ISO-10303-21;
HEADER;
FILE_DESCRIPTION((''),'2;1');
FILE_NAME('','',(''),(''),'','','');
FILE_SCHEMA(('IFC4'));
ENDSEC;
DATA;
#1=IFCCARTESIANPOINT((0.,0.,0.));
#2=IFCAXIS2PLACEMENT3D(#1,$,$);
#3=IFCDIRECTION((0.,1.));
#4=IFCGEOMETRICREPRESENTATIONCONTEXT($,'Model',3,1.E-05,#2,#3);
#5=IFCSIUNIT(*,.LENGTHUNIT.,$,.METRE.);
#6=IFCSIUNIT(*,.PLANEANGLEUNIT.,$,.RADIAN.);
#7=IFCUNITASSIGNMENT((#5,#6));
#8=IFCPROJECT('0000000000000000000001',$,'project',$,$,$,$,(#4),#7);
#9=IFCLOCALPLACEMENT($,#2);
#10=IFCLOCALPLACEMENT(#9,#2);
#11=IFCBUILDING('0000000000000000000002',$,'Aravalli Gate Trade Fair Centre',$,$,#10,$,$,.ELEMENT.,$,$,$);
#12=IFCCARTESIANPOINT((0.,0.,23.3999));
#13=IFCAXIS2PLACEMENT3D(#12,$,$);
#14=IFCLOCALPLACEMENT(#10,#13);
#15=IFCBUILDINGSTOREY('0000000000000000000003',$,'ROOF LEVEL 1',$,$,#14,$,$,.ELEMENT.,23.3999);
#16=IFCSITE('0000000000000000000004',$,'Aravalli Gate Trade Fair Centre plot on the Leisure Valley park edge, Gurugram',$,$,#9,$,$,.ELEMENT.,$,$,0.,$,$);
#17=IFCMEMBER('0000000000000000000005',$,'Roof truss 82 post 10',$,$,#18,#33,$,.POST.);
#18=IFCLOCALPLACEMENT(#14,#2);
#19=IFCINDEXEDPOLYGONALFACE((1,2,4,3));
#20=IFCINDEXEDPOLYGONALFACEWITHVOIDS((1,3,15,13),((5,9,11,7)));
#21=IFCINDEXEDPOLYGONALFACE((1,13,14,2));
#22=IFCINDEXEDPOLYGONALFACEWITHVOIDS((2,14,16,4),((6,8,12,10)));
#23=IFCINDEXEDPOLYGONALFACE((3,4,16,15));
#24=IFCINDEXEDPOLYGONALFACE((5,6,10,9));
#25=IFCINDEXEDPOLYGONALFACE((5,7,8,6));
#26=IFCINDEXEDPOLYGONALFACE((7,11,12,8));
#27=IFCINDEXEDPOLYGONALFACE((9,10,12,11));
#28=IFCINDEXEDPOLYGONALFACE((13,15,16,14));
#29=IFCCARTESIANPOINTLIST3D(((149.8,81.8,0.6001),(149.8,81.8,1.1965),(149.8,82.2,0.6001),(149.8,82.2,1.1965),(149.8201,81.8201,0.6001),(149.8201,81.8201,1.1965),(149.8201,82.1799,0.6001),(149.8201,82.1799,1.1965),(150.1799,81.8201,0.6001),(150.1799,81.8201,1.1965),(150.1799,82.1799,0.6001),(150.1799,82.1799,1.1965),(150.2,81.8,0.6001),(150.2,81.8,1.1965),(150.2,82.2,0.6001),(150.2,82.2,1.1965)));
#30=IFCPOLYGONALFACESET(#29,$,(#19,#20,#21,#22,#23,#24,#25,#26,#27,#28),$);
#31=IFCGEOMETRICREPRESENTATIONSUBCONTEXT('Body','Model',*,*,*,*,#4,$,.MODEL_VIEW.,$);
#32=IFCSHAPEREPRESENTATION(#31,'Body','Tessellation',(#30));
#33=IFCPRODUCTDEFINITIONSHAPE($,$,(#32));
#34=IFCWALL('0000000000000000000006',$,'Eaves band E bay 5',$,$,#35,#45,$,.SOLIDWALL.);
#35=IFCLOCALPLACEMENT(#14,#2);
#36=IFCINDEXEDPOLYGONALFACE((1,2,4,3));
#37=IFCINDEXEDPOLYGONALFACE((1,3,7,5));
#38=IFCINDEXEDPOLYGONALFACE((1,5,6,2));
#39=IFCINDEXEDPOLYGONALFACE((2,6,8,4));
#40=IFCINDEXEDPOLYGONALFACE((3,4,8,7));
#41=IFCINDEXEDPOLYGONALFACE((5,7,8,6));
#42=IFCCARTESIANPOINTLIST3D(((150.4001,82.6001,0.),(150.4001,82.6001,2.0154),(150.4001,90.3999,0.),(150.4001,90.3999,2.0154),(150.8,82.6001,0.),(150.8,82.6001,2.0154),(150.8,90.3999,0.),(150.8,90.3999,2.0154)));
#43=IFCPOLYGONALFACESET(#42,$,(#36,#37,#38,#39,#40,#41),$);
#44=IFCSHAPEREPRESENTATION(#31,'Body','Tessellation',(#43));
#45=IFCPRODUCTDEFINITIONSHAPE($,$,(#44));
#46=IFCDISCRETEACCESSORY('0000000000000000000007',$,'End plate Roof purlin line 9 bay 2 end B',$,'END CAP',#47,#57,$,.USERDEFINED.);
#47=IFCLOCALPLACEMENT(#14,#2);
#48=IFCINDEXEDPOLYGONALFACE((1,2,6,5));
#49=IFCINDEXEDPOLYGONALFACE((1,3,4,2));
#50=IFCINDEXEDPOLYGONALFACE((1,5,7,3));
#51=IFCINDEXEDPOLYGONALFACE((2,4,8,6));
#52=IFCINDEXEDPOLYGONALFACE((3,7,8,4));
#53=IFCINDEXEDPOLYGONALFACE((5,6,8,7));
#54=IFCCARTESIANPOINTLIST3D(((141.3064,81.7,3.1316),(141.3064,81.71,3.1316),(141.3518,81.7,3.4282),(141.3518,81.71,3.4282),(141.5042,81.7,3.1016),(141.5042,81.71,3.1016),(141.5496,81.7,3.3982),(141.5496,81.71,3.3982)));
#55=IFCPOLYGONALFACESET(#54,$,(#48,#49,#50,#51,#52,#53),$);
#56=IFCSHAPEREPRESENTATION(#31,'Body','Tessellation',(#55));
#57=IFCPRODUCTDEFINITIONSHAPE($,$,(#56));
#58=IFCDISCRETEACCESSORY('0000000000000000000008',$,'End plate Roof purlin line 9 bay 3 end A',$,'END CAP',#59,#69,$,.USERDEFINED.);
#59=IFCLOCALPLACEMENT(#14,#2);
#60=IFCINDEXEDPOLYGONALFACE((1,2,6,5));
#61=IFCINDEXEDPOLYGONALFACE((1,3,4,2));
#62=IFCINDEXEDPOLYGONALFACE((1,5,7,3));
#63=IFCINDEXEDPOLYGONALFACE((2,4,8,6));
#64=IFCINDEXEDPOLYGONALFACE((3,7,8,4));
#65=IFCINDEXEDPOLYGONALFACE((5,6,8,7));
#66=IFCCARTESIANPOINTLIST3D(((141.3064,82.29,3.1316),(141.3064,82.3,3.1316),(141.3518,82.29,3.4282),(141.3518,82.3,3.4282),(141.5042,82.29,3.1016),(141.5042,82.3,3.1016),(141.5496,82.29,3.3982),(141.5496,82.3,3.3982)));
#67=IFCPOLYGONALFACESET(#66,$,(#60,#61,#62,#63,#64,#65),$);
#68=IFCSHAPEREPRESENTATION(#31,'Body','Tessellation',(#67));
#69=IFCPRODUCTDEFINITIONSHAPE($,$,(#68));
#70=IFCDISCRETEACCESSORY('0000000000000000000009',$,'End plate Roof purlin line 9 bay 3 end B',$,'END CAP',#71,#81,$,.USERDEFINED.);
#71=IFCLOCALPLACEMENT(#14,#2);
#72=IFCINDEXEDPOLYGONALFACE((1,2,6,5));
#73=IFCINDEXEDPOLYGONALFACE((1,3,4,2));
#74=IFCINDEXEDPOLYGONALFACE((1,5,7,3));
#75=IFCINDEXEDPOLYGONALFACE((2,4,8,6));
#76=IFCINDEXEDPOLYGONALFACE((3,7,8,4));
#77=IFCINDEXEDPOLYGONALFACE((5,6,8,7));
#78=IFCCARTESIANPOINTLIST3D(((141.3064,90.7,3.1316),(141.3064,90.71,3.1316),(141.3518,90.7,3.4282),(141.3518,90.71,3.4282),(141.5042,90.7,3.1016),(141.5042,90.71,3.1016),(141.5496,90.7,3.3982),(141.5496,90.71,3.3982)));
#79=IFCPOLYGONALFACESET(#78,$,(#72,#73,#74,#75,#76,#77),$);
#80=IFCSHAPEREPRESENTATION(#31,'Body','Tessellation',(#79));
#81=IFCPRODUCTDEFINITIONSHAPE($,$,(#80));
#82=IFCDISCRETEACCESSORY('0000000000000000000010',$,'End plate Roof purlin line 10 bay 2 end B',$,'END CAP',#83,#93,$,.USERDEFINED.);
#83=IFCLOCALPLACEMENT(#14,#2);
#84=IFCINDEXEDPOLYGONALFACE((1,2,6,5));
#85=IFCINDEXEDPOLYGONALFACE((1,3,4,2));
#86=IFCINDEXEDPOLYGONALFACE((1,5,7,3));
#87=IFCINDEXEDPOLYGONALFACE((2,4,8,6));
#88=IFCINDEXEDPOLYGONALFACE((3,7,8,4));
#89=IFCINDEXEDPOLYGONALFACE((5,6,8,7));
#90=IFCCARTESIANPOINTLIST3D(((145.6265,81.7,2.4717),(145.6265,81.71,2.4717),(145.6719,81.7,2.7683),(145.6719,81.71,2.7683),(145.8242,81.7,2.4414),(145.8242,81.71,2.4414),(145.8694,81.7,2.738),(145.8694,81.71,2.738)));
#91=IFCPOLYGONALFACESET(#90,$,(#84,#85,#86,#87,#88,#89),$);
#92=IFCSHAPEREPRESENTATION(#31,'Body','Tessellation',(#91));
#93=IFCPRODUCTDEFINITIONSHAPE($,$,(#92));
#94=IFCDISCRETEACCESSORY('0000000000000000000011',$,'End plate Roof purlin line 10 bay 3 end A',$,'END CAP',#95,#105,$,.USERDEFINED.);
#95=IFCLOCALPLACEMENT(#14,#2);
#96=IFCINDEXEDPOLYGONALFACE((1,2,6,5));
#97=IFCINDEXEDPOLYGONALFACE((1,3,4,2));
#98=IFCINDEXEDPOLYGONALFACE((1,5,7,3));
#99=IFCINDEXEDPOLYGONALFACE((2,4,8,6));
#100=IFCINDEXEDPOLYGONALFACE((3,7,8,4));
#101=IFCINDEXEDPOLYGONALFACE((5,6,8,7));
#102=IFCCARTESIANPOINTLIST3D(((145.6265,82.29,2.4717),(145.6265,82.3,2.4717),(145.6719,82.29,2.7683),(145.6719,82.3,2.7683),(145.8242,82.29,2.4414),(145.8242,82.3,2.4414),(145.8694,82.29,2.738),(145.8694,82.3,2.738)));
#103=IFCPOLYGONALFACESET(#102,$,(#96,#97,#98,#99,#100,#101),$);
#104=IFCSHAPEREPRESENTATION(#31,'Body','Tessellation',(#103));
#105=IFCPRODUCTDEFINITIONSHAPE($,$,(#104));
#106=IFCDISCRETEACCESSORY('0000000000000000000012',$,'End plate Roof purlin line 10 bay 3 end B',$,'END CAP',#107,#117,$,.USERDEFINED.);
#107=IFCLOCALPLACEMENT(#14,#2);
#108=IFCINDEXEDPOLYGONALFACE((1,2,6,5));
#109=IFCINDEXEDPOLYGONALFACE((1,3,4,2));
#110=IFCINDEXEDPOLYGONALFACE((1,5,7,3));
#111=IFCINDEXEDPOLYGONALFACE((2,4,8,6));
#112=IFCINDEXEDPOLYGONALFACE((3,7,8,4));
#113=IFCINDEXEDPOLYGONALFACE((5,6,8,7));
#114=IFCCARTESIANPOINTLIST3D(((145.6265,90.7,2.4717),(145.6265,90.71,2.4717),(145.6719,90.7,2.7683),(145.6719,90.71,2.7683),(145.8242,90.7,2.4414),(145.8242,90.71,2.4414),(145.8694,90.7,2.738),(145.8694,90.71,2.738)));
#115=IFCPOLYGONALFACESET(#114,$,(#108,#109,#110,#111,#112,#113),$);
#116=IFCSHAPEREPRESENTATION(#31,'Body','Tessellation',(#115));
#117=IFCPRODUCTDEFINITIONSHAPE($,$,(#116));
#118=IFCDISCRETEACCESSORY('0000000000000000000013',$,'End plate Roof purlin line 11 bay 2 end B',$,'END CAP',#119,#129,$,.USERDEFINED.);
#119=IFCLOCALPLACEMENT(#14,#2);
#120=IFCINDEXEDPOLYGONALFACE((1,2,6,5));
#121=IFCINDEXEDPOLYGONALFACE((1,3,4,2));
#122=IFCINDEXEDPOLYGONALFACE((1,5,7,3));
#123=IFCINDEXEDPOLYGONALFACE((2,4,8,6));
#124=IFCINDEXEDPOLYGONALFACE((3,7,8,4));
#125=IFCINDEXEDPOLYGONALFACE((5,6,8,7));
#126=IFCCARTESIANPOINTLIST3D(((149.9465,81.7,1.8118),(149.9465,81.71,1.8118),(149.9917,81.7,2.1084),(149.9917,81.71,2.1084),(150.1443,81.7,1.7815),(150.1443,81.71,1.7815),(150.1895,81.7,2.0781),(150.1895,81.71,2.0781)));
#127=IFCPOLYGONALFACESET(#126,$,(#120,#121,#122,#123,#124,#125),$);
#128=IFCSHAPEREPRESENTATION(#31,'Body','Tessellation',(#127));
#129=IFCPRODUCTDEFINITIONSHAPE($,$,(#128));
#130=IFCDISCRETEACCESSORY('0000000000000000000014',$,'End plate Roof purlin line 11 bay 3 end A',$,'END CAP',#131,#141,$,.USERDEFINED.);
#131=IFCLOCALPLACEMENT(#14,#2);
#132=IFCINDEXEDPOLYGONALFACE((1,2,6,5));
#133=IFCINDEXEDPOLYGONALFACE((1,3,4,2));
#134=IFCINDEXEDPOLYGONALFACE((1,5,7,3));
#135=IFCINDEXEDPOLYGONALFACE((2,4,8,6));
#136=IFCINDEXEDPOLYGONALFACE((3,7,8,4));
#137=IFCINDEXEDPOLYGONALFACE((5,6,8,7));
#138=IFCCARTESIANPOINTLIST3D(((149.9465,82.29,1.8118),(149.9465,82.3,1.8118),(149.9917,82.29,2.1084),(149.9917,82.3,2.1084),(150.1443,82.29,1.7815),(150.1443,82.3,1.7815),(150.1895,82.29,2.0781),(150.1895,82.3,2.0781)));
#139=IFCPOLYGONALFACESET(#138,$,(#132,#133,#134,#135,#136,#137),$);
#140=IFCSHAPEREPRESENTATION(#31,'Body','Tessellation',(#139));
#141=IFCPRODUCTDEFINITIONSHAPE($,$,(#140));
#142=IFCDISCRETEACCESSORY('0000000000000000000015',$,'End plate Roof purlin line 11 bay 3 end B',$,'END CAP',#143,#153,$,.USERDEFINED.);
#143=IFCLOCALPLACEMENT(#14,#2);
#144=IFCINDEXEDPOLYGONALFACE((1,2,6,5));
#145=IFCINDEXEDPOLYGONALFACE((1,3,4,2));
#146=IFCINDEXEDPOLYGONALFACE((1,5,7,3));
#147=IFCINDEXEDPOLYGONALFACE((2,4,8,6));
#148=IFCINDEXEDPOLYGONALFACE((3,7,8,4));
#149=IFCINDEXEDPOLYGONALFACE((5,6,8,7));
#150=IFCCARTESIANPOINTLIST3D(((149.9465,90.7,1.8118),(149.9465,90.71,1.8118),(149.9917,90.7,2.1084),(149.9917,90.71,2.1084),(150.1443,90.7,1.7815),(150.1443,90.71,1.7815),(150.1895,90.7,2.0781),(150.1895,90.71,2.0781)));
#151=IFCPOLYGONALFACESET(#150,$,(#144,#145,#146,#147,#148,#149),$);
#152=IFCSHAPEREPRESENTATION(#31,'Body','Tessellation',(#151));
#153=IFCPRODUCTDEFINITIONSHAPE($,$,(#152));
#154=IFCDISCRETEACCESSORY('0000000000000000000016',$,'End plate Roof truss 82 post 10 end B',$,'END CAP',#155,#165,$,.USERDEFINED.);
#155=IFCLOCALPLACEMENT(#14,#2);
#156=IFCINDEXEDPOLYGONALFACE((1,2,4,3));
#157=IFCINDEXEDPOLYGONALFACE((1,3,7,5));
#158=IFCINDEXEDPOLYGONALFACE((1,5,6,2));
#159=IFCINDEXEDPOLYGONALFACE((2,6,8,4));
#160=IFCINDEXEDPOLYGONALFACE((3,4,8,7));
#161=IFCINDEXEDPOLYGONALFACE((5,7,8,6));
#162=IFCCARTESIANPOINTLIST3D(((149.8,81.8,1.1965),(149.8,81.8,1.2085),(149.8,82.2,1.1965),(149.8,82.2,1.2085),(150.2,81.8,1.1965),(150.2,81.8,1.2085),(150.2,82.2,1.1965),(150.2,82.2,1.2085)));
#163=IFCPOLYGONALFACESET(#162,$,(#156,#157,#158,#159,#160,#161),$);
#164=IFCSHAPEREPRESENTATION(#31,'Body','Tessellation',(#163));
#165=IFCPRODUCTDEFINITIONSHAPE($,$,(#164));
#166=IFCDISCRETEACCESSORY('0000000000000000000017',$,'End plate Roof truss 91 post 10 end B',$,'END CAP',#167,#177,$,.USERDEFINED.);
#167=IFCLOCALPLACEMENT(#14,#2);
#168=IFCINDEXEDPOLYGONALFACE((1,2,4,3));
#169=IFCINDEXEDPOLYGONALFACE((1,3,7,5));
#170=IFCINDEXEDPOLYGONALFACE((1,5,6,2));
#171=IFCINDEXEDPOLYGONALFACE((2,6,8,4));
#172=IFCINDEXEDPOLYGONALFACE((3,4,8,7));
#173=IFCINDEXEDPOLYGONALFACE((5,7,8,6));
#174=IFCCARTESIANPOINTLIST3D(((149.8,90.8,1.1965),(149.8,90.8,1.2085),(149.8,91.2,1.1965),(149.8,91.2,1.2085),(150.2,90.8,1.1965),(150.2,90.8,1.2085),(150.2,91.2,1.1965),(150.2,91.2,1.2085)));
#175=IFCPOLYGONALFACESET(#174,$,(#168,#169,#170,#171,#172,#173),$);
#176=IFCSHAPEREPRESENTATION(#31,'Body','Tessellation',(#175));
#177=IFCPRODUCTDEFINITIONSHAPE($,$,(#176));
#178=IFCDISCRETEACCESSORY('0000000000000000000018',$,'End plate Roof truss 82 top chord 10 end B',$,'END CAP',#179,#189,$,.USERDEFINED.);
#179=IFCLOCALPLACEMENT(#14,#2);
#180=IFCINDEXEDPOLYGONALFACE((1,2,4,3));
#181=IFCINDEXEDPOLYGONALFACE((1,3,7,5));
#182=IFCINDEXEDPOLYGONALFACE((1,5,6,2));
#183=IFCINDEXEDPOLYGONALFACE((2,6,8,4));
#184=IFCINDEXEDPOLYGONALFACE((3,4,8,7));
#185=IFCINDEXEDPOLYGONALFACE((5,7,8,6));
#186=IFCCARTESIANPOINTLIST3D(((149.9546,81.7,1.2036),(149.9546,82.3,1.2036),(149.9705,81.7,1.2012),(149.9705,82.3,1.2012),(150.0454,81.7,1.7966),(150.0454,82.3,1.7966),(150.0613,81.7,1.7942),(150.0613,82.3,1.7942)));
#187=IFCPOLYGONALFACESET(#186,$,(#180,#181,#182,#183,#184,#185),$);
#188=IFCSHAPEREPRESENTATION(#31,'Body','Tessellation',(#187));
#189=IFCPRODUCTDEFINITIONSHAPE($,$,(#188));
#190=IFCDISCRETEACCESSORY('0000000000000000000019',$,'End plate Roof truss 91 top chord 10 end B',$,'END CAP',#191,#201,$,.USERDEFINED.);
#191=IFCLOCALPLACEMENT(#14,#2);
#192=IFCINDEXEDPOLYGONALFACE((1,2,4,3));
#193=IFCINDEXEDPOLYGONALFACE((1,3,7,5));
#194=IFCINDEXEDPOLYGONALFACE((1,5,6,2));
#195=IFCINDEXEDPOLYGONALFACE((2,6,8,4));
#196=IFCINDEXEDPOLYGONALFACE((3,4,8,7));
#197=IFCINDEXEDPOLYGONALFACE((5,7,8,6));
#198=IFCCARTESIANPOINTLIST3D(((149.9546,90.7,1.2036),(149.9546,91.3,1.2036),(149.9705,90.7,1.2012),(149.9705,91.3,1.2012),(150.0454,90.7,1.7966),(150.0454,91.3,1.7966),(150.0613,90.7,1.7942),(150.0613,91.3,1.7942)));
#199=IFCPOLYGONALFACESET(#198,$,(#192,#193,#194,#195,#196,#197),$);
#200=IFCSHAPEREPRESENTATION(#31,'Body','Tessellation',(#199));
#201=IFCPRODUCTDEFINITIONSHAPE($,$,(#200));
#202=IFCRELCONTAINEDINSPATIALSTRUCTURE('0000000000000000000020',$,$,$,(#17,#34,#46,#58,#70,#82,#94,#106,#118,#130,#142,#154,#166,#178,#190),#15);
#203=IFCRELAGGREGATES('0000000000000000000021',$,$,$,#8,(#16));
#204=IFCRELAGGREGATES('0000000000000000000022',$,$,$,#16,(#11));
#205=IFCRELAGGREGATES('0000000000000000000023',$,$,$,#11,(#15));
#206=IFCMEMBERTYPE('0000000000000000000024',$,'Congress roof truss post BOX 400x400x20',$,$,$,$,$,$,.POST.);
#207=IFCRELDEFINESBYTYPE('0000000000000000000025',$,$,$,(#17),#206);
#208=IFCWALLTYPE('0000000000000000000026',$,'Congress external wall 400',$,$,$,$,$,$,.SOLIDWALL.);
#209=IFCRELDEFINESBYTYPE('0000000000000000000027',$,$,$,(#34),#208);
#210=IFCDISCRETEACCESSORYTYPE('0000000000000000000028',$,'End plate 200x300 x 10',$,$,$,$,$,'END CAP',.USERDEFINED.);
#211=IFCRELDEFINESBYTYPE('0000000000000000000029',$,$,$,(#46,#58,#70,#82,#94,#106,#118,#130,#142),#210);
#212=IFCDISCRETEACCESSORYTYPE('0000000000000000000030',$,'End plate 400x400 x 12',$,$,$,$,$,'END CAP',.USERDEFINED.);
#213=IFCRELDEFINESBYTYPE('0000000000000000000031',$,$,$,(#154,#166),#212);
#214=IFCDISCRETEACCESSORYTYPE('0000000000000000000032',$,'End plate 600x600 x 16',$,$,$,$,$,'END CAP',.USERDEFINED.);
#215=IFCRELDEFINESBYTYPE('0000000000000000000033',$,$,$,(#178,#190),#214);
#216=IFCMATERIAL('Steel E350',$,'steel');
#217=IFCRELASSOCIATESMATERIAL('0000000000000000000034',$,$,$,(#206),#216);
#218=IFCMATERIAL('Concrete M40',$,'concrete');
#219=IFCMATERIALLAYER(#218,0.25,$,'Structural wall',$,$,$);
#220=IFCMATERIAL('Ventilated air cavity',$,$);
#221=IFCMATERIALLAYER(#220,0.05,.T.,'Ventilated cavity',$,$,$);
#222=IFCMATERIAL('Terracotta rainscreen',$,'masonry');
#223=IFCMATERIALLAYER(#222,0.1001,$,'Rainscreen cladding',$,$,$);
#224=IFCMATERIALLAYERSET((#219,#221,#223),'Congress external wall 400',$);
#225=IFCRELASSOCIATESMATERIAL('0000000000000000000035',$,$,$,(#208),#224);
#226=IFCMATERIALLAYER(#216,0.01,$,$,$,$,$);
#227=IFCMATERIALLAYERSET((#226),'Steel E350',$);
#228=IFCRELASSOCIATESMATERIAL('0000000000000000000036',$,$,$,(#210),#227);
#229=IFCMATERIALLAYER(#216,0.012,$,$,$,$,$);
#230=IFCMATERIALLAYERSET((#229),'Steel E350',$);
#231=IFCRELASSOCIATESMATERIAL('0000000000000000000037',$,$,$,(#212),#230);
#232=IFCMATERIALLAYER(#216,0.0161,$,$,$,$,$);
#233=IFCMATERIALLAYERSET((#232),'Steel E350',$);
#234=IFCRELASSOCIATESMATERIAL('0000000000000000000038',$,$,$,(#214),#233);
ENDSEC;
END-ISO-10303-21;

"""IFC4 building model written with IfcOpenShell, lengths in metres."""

from ifc_helpers import new_model, si_unit, direction, frame, frame_2d, origin, origin_2d, place, context, subcontext, project, spatial, polyline, rectangle, hollow_rectangle, outline, extrude, material, layer, layer_set, material_profile, profile_set, type_object, element, save


model = new_model("IFC4")

# Units and contexts
model_context = context("Model", 3, precision=1e-05, world=origin(), true_north=direction((0.0, 1.0)))
body_context = subcontext(model_context, "Body", "Model", "MODEL_VIEW")
ifc_project = project(units=[si_unit("LENGTHUNIT", "METRE"), si_unit("PLANEANGLEUNIT", "RADIAN")], contexts=[model_context])

# Site, building, storey
site_placement = place(None, origin())
site = spatial("IfcSite", under=ifc_project, at=site_placement, Name="Aravalli Gate Trade Fair Centre plot on the Leisure Valley park edge, Gurugram", CompositionType="ELEMENT", RefElevation=0.0)
building_placement = place(site_placement, origin())
building = spatial("IfcBuilding", under=site, at=building_placement, Name="Aravalli Gate Trade Fair Centre", CompositionType="ELEMENT")
storey_placement = place(building_placement, frame((0.0, 0.0, 23.3999)))
storey = spatial("IfcBuildingStorey", under=building, at=storey_placement, Name="ROOF LEVEL 1", CompositionType="ELEMENT", Elevation=23.3999)

# Member
ifc_material_1 = material(Name="Steel E350", Category="steel")
ifc_material_profile_1 = material_profile(ifc_material_1, hollow_rectangle(XDim=0.3999, YDim=0.3999, WallThickness=0.02, at=origin_2d()), Name="BOX 400x400x20")
ifc_profile_set_1 = profile_set([ifc_material_profile_1], Name="Steel E350")
member_type_1 = type_object("IfcMemberType", Name="Congress roof truss post BOX 400x400x20", PredefinedType="POST", material=ifc_profile_set_1)
member_1_placement = place(storey_placement, frame((150.0, 82.0, 0.6001), z_axis=(0.0, 0.0, 1.0), x_axis=(1.0, 0.0, 0.0)))
element("IfcMember", 1, at=member_1_placement, inside=storey, type_object=member_type_1, Name="Roof truss 82 post 10", PredefinedType="POST", context=body_context, shape_type="SweptSolid", body=[
    extrude(hollow_rectangle(XDim=0.3999, YDim=0.3999, WallThickness=0.02, at=origin_2d()), origin(), (0.0, 0.0, 1.0), 0.5964),
])

# Wall
ifc_material_2 = material(Name="Concrete M40", Category="concrete")
ifc_layer_1 = layer(ifc_material_2, 0.25, Name="Structural wall")
ifc_material_3 = material(Name="Ventilated air cavity")
ifc_layer_2 = layer(ifc_material_3, 0.05, ventilated=True, Name="Ventilated cavity")
ifc_material_4 = material(Name="Terracotta rainscreen", Category="masonry")
ifc_layer_3 = layer(ifc_material_4, 0.1001, Name="Rainscreen cladding")
ifc_layer_set_1 = layer_set([ifc_layer_1, ifc_layer_2, ifc_layer_3], Name="Congress external wall 400")
wall_type = type_object("IfcWallType", Name="Congress external wall 400", PredefinedType="SOLIDWALL", material=ifc_layer_set_1)
wall_placement = place(storey_placement, frame((150.6001, 82.6001, 0.0), z_axis=(0.0, 0.0, 1.0), x_axis=(0.0, 1.0, 0.0)))
element("IfcWall", 2, at=wall_placement, inside=storey, type_object=wall_type, Name="Eaves band E bay 5", PredefinedType="SOLIDWALL", context=body_context, shape_type="SweptSolid", body=[
    extrude(rectangle(XDim=7.7998, YDim=0.3999, at=frame_2d((3.8999, 0.0))), origin(), (0.0, 0.0, 1.0), 2.0154),
])

# Discrete accessories
ifc_layer_4 = layer(ifc_material_1, 0.01)
ifc_layer_set_2 = layer_set([ifc_layer_4], Name="Steel E350")
discrete_accessory_type_1 = type_object("IfcDiscreteAccessoryType", Name="End plate 200x300 x 10", ElementType="END CAP", PredefinedType="USERDEFINED", material=ifc_layer_set_2)
for number, where, z_axis, x_axis, name in (
    (3, (141.5042, 81.71, 3.1016), (0.0, 1.0, 0.0), (-0.988666, 0.0, 0.150131), "End plate Roof purlin line 9 bay 2 end B"),
    (4, (141.5042, 82.3, 3.1016), (0.0, 1.0, 0.0), (-0.988666, 0.0, 0.150131), "End plate Roof purlin line 9 bay 3 end A"),
    (5, (141.5042, 90.71, 3.1016), (0.0, 1.0, 0.0), (-0.988666, 0.0, 0.150131), "End plate Roof purlin line 9 bay 3 end B"),
):
    element("IfcDiscreteAccessory", number, at=place(storey_placement, frame(where, z_axis=z_axis, x_axis=x_axis)), inside=storey, type_object=discrete_accessory_type_1, Name=name, ObjectType="END CAP", PredefinedType="USERDEFINED", context=body_context, shape_type="SweptSolid", body=[
        extrude(outline(polyline([(0.0, 0.0), (0.2, 0.0), (0.1997, 0.3001), (-0.0004, 0.3001), (0.0, 0.0)])), origin(), (0.0, 0.0, -1.0), 0.01),
    ])
for number, where, z_axis, x_axis, name in (
    (6, (145.8242, 81.71, 2.4414), (0.0, 1.0, 0.0), (-0.988484, 0.0, 0.151324), "End plate Roof purlin line 10 bay 2 end B"),
    (7, (145.8242, 82.3, 2.4414), (0.0, 1.0, 0.0), (-0.988484, 0.0, 0.151324), "End plate Roof purlin line 10 bay 3 end A"),
    (8, (145.8242, 90.71, 2.4414), (0.0, 1.0, 0.0), (-0.988484, 0.0, 0.151324), "End plate Roof purlin line 10 bay 3 end B"),
):
    element("IfcDiscreteAccessory", number, at=place(storey_placement, frame(where, z_axis=z_axis, x_axis=x_axis)), inside=storey, type_object=discrete_accessory_type_1, Name=name, ObjectType="END CAP", PredefinedType="USERDEFINED", context=body_context, shape_type="SweptSolid", body=[
        extrude(outline(polyline([(0.0, 0.0), (0.2001, 0.0), (0.2001, 0.3001), (0.0002, 0.3), (0.0, 0.0)])), origin(), (0.0, 0.0, -1.0), 0.01),
    ])
for number, where, z_axis, x_axis, name in (
    (9, (150.1443, 81.71, 1.7815), (0.0, 1.0, 0.0), (-0.988484, 0.0, 0.151324), "End plate Roof purlin line 11 bay 2 end B"),
    (10, (150.1443, 82.3, 1.7815), (0.0, 1.0, 0.0), (-0.988484, 0.0, 0.151324), "End plate Roof purlin line 11 bay 3 end A"),
    (11, (150.1443, 90.71, 1.7815), (0.0, 1.0, 0.0), (-0.988484, 0.0, 0.151324), "End plate Roof purlin line 11 bay 3 end B"),
):
    element("IfcDiscreteAccessory", number, at=place(storey_placement, frame(where, z_axis=z_axis, x_axis=x_axis)), inside=storey, type_object=discrete_accessory_type_1, Name=name, ObjectType="END CAP", PredefinedType="USERDEFINED", context=body_context, shape_type="SweptSolid", body=[
        extrude(outline(polyline([(0.0, 0.0), (0.2001, 0.0), (0.2003, 0.3), (0.0002, 0.3), (0.0, 0.0)])), origin(), (0.0, 0.0, -1.0), 0.01),
    ])
ifc_layer_5 = layer(ifc_material_1, 0.012)
ifc_layer_set_3 = layer_set([ifc_layer_5], Name="Steel E350")
discrete_accessory_type_2 = type_object("IfcDiscreteAccessoryType", Name="End plate 400x400 x 12", ElementType="END CAP", PredefinedType="USERDEFINED", material=ifc_layer_set_3)
for number, where, z_axis, x_axis, name in (
    (12, (149.8, 81.8, 1.2085), (0.0, 0.0, 1.0), (1.0, 0.0, 0.0), "End plate Roof truss 82 post 10 end B"),
    (13, (149.8, 90.8, 1.2085), (0.0, 0.0, 1.0), (1.0, 0.0, 0.0), "End plate Roof truss 91 post 10 end B"),
):
    element("IfcDiscreteAccessory", number, at=place(storey_placement, frame(where, z_axis=z_axis, x_axis=x_axis)), inside=storey, type_object=discrete_accessory_type_2, Name=name, ObjectType="END CAP", PredefinedType="USERDEFINED", context=body_context, shape_type="SweptSolid", body=[
        extrude(outline(polyline([(0.0, 0.0), (0.3999, 0.0), (0.3999, 0.3999), (0.0, 0.3999), (0.0, 0.0)])), origin(), (0.0, 0.0, -1.0), 0.012),
    ])
ifc_layer_6 = layer(ifc_material_1, 0.0161)
ifc_layer_set_4 = layer_set([ifc_layer_6], Name="Steel E350")
discrete_accessory_type_3 = type_object("IfcDiscreteAccessoryType", Name="End plate 600x600 x 16", ElementType="END CAP", PredefinedType="USERDEFINED", material=ifc_layer_set_4)
for number, where, z_axis, x_axis, name in (
    (14, (149.9546, 81.7, 1.2036), (-0.988475, 0.0, 0.151384), (0.0, 1.0, 0.0), "End plate Roof truss 82 top chord 10 end B"),
    (15, (149.9546, 90.7, 1.2036), (-0.988475, 0.0, 0.151384), (0.0, 1.0, 0.0), "End plate Roof truss 91 top chord 10 end B"),
):
    element("IfcDiscreteAccessory", number, at=place(storey_placement, frame(where, z_axis=z_axis, x_axis=x_axis)), inside=storey, type_object=discrete_accessory_type_3, Name=name, ObjectType="END CAP", PredefinedType="USERDEFINED", context=body_context, shape_type="SweptSolid", body=[
        extrude(outline(polyline([(0.0, 0.0), (0.6001, 0.0), (0.6001, -0.5999), (0.0, -0.5999), (0.0, 0.0)])), origin(), (0.0, 0.0, -1.0), 0.0161),
    ])

save(model, "model.ifc")
